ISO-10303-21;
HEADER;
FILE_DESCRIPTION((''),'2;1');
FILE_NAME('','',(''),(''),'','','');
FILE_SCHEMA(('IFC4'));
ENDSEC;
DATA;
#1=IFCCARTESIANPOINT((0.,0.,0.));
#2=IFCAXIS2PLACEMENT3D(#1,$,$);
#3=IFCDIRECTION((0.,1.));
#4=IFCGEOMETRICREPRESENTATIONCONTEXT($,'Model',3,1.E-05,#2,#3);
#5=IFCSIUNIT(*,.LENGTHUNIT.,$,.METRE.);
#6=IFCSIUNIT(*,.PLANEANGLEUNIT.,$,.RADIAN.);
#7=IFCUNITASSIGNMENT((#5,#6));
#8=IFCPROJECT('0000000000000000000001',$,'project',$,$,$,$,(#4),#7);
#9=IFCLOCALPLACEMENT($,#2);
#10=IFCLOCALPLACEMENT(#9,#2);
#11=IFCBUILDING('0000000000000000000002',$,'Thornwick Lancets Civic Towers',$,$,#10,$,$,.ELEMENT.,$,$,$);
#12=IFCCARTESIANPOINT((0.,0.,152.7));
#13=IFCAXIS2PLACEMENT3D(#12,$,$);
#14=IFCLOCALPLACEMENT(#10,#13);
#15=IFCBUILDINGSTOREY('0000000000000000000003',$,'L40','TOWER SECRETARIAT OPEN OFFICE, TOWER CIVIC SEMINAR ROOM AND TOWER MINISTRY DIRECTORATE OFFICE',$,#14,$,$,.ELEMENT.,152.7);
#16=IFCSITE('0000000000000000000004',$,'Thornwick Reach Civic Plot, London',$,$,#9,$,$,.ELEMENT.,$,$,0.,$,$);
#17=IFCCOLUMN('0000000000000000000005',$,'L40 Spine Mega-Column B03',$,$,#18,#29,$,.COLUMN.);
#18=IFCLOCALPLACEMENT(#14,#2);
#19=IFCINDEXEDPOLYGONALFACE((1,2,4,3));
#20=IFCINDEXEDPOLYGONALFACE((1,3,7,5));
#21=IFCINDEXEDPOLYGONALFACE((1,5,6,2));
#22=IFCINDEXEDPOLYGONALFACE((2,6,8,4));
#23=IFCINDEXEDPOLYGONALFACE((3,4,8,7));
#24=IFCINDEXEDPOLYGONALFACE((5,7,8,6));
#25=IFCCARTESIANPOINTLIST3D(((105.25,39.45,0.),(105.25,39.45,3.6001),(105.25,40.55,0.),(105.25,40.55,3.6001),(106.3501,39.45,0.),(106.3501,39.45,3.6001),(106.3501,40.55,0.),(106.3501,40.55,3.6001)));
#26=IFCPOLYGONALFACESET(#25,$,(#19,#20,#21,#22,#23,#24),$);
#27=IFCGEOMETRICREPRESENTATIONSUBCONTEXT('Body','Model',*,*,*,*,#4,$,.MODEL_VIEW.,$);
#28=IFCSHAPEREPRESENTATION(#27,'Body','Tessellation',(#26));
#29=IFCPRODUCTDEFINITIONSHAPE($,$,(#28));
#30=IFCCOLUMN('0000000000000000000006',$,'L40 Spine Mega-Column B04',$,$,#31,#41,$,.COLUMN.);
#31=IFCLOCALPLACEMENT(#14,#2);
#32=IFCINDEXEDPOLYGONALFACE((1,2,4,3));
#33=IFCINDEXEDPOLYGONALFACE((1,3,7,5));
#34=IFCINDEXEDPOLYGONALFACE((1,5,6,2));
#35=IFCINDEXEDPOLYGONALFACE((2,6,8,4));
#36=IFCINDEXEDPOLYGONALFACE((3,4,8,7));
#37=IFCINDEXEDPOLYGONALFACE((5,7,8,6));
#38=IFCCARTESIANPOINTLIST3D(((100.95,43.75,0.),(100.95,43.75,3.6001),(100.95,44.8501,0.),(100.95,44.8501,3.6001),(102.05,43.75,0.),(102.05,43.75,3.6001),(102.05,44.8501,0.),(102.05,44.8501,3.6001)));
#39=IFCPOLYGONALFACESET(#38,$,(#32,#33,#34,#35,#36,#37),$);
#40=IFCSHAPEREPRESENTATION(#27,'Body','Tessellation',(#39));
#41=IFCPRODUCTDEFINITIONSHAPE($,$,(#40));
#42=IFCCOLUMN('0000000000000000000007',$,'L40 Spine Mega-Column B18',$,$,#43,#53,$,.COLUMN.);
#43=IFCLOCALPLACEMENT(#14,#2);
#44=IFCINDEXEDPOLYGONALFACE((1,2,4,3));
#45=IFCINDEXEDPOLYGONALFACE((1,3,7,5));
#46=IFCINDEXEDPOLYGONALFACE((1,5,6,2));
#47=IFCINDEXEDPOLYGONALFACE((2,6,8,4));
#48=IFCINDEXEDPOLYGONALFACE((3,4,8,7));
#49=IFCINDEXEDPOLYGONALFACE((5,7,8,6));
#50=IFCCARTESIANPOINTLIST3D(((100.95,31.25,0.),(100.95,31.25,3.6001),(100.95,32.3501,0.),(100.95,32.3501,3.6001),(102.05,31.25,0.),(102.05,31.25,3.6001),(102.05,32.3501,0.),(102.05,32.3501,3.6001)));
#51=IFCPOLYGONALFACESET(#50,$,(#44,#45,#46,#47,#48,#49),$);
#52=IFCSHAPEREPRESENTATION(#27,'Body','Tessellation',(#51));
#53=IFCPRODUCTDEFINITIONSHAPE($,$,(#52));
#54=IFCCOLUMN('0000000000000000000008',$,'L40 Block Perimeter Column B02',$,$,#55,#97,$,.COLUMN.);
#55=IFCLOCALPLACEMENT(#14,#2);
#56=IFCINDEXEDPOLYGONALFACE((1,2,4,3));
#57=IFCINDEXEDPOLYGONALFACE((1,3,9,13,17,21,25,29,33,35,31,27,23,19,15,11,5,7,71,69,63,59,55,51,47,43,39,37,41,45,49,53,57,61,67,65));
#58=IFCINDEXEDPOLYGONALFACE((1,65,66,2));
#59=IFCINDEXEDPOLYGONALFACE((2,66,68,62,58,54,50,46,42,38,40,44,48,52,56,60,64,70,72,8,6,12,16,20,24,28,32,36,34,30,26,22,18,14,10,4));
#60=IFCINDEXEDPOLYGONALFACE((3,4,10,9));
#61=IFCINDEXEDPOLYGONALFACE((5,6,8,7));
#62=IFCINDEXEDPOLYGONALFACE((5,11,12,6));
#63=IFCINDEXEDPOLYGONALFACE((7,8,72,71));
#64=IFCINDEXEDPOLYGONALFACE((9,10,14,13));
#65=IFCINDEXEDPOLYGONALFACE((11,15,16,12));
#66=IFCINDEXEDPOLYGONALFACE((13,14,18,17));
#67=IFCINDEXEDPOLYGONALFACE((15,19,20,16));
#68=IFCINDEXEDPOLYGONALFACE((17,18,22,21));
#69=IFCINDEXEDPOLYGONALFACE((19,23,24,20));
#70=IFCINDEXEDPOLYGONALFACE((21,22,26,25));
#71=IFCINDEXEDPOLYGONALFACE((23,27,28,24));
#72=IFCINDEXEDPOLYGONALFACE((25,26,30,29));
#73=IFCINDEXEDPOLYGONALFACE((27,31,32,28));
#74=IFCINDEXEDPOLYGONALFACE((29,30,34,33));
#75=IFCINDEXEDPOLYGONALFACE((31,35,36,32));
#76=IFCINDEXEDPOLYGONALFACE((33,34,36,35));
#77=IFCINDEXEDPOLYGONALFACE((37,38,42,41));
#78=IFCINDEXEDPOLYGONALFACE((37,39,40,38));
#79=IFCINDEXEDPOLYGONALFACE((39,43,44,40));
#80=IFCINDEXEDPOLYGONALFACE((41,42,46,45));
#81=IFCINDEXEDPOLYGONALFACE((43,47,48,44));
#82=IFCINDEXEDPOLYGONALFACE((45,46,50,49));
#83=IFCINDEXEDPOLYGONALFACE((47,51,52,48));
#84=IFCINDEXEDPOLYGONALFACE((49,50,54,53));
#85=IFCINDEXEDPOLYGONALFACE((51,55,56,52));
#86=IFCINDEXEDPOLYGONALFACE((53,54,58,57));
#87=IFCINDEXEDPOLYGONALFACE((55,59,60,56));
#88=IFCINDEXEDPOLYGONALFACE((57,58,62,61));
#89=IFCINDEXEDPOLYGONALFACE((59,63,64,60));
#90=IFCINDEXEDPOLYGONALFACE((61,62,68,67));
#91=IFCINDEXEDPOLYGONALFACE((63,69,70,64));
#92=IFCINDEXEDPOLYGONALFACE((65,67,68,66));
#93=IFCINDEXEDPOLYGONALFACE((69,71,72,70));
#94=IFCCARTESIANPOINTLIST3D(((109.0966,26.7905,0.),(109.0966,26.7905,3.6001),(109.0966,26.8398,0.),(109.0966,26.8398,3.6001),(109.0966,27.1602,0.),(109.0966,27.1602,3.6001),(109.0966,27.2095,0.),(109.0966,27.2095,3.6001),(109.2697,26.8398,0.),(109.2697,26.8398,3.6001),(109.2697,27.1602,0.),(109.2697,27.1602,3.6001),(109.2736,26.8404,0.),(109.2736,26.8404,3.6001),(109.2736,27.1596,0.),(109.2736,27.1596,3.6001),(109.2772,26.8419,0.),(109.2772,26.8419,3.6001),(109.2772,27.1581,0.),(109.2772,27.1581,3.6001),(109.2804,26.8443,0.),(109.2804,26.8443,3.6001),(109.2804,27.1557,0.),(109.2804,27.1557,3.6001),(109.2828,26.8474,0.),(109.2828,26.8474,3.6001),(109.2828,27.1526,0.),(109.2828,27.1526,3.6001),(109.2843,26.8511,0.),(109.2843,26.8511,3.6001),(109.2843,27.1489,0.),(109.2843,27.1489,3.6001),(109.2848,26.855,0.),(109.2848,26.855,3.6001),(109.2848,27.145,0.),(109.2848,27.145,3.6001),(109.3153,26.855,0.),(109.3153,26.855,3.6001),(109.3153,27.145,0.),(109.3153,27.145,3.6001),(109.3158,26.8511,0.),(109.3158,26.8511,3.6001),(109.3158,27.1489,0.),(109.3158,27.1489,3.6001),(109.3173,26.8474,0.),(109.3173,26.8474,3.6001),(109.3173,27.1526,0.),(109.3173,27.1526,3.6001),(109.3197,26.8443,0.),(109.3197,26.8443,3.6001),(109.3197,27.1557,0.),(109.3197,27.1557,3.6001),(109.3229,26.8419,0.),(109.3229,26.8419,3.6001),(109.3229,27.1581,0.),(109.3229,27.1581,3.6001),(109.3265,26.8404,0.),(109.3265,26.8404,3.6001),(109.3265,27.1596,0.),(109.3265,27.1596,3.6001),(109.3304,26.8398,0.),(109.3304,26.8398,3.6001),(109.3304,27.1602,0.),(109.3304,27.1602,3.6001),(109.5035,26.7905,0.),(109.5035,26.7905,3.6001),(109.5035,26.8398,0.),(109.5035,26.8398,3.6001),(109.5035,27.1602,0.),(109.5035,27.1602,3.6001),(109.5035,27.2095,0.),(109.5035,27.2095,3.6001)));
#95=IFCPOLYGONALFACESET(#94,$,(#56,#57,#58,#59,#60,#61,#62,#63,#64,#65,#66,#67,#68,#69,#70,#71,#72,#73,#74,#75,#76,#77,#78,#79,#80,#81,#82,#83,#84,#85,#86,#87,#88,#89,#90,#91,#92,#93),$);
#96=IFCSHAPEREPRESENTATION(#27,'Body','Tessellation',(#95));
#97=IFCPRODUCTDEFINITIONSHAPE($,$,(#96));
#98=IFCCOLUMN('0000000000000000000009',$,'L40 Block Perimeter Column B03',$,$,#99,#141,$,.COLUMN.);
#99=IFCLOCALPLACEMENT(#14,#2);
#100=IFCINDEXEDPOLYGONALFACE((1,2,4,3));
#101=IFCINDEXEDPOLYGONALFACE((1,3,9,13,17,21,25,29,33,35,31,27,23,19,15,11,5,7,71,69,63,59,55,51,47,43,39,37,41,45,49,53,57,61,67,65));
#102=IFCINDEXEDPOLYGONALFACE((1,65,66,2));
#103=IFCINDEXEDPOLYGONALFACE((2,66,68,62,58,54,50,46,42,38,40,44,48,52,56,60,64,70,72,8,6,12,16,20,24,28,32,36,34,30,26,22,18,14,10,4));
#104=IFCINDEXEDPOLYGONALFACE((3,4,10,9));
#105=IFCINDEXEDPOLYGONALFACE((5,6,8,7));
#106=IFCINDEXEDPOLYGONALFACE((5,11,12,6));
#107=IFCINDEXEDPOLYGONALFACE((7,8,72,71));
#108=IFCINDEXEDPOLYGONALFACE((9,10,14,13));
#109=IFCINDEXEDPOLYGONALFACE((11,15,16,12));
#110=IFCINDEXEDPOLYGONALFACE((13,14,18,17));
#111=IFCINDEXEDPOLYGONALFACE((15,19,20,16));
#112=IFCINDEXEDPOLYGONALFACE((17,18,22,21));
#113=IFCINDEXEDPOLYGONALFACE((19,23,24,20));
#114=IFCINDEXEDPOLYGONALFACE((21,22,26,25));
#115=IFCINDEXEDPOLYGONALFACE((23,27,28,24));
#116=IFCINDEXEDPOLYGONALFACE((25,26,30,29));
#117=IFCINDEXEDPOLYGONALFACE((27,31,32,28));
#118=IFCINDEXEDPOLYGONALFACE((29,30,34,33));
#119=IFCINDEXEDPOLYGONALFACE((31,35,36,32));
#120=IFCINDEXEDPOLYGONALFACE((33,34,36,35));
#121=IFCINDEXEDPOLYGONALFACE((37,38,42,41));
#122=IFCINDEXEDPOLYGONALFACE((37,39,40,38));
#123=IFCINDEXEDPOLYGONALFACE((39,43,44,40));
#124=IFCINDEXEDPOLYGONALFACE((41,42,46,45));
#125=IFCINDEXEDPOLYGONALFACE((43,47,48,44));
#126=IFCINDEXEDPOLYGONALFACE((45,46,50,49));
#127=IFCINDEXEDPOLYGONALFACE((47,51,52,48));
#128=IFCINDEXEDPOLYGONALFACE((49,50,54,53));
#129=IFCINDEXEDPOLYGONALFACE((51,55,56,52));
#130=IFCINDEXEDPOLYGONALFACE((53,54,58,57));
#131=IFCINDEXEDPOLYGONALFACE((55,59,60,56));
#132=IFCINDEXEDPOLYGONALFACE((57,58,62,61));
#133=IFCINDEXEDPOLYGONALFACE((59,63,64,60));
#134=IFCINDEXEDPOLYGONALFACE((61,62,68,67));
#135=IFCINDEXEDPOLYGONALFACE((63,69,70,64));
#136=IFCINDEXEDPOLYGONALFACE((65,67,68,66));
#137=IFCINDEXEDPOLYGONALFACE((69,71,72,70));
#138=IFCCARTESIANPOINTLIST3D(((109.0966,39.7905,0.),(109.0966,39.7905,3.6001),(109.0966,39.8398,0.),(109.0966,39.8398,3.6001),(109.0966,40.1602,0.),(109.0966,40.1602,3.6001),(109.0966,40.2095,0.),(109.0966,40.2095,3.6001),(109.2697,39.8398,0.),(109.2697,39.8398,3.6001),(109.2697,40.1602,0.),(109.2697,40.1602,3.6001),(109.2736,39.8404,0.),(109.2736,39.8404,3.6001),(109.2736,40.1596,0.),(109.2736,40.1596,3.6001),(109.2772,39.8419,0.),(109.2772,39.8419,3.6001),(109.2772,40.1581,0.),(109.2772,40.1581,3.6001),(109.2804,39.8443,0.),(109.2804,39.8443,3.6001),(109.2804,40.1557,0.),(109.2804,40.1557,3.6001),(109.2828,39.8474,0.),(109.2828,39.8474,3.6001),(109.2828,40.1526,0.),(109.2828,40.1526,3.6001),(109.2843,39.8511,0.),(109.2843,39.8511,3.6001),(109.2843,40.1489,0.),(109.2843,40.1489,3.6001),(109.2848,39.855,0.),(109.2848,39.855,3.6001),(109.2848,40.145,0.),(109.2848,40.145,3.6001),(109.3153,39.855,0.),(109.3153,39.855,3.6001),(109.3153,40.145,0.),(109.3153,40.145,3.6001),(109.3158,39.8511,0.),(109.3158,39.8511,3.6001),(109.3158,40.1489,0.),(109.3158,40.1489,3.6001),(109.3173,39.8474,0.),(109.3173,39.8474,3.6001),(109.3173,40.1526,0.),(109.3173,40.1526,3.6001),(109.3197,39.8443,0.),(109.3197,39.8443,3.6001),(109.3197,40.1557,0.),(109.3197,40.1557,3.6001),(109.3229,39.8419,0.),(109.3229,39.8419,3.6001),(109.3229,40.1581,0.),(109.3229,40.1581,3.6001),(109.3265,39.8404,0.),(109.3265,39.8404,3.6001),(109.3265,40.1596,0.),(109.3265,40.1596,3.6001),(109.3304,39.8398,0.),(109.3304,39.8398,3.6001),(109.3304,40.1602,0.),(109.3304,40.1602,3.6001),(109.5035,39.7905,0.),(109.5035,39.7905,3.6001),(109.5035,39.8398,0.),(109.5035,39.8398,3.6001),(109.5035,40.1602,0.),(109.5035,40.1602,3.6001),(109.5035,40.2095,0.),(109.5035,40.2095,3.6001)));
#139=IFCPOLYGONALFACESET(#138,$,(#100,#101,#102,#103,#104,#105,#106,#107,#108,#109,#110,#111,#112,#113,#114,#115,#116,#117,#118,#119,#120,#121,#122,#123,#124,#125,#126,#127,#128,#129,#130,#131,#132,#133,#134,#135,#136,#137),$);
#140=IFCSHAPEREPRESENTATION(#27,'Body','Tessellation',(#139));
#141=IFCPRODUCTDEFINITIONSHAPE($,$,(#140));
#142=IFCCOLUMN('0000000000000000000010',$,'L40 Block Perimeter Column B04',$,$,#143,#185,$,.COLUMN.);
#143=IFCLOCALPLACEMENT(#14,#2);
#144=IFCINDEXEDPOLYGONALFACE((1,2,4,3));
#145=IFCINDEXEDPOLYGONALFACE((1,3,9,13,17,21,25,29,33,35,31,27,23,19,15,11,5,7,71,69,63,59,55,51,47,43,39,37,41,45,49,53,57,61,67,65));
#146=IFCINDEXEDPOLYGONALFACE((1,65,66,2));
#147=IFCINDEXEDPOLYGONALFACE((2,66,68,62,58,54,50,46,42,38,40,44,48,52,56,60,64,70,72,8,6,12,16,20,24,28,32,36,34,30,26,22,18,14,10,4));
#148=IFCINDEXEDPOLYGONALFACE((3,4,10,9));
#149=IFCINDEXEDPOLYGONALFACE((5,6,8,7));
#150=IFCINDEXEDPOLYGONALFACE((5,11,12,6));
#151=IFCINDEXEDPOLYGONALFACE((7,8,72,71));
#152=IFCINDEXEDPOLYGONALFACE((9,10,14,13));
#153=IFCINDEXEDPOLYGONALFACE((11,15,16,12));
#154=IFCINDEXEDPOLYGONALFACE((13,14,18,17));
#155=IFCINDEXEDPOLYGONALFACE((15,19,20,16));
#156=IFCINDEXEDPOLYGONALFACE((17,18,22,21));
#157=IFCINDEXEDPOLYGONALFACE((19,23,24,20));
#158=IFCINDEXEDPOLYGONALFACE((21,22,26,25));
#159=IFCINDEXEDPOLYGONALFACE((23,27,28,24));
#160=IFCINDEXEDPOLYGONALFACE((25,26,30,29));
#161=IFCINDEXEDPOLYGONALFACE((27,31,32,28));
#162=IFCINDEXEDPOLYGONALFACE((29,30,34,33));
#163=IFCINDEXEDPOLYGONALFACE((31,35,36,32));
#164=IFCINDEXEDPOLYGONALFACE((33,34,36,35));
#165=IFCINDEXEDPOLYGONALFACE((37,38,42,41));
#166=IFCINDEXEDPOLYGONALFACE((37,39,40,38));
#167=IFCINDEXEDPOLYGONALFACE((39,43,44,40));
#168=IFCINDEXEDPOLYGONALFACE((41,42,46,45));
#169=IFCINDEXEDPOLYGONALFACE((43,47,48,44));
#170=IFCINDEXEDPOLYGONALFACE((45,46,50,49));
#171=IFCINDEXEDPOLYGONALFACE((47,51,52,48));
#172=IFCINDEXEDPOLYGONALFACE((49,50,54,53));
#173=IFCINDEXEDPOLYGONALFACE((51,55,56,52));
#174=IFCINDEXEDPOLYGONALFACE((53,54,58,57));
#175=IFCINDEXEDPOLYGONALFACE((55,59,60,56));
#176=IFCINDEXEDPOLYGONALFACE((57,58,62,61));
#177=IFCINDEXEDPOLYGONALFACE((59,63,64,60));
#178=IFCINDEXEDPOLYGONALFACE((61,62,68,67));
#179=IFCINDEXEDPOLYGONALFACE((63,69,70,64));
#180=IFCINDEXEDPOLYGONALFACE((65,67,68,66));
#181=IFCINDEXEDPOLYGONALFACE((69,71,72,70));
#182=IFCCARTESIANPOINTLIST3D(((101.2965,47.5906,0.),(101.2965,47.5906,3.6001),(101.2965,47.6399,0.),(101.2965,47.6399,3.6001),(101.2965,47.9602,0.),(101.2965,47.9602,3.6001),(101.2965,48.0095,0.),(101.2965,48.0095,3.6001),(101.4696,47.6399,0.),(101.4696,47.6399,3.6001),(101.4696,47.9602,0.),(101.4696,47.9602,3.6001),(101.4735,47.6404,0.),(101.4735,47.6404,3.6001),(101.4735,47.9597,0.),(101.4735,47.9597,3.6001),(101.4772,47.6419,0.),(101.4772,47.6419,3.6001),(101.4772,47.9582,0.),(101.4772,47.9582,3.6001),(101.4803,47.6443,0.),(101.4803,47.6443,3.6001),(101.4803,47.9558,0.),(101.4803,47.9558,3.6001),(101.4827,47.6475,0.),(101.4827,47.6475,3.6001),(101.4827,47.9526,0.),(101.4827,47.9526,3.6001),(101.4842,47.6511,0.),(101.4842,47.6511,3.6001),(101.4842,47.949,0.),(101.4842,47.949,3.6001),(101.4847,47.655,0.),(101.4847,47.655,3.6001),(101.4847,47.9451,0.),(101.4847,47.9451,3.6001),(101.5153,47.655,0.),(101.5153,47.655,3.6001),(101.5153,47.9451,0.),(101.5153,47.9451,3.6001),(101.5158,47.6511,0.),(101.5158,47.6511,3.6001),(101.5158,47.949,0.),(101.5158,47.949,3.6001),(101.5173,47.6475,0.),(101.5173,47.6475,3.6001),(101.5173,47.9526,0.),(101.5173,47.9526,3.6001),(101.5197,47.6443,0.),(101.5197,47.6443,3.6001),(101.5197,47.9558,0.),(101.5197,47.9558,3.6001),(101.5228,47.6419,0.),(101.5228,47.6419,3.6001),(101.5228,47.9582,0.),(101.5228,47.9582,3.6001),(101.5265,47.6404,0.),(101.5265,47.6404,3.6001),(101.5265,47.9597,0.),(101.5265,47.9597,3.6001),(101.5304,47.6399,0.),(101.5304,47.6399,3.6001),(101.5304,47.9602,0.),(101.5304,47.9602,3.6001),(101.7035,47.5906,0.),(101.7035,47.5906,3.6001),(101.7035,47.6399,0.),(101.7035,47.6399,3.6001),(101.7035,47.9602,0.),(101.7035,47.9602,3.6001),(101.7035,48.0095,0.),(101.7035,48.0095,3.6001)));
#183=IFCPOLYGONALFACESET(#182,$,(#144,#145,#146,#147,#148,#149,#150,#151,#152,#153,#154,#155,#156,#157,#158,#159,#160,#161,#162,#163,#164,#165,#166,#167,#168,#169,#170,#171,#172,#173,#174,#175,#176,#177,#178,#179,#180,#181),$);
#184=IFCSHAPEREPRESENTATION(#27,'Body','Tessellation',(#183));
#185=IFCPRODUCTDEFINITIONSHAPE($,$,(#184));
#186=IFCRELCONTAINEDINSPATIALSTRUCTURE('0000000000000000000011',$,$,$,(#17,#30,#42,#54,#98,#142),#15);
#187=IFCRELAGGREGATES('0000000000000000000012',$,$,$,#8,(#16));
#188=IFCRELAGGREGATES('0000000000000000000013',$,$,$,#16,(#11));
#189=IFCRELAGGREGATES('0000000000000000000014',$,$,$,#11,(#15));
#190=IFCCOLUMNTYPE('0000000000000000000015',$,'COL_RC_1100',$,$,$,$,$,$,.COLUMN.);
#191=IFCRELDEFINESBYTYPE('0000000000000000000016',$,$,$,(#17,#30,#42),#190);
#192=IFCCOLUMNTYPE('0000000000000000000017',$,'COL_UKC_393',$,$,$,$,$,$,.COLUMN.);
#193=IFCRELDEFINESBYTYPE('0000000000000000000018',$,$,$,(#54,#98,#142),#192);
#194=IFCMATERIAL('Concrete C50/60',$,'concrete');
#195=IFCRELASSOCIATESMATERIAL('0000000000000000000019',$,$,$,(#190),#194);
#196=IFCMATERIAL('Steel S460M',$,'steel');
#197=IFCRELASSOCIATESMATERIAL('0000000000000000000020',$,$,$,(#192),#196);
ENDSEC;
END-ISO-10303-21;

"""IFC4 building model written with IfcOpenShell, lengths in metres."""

from ifc_helpers import new_model, si_unit, direction, frame, origin, origin_2d, place, context, subcontext, project, spatial, rectangle, i_section, extrude, material, material_profile, profile_set, type_object, element, save


model = new_model("IFC4")

# Units and contexts
model_context = context("Model", 3, precision=1e-05, world=origin(), true_north=direction((0.0, 1.0)))
body_context = subcontext(model_context, "Body", "Model", "MODEL_VIEW")
ifc_project = project(units=[si_unit("LENGTHUNIT", "METRE"), si_unit("PLANEANGLEUNIT", "RADIAN")], contexts=[model_context])

# Site, building, storey
site_placement = place(None, origin())
site = spatial("IfcSite", under=ifc_project, at=site_placement, Name="Thornwick Reach Civic Plot, London", CompositionType="ELEMENT", RefElevation=0.0)
building_placement = place(site_placement, origin())
building = spatial("IfcBuilding", under=site, at=building_placement, Name="Thornwick Lancets Civic Towers", CompositionType="ELEMENT")
storey_placement = place(building_placement, frame((0.0, 0.0, 152.7)))
storey = spatial("IfcBuildingStorey", under=building, at=storey_placement, Name="L40", Description="TOWER SECRETARIAT OPEN OFFICE, TOWER CIVIC SEMINAR ROOM AND TOWER MINISTRY DIRECTORATE OFFICE", CompositionType="ELEMENT", Elevation=152.7)

# Columns
ifc_material_1 = material(Name="Concrete C50/60", Category="concrete")
ifc_material_profile_1 = material_profile(ifc_material_1, rectangle(XDim=1.1001, YDim=1.1001, at=origin_2d()), Name="RC 1100x1100")
ifc_profile_set_1 = profile_set([ifc_material_profile_1], Name="Concrete C50/60")
column_type_1 = type_object("IfcColumnType", Name="COL_RC_1100", PredefinedType="COLUMN", material=ifc_profile_set_1)
for number, where, z_axis, x_axis, name in (
    (1, (105.8, 40.0, 0.0), (0.0, 0.0, 1.0), (1.0, 0.0, 0.0), "L40 Spine Mega-Column B03"),
    (2, (101.5, 44.3, 0.0), (0.0, 0.0, 1.0), (1.0, 0.0, 0.0), "L40 Spine Mega-Column B04"),
    (3, (101.5, 31.8, 0.0), (0.0, 0.0, 1.0), (1.0, 0.0, 0.0), "L40 Spine Mega-Column B18"),
):
    element("IfcColumn", number, at=place(storey_placement, frame(where, z_axis=z_axis, x_axis=x_axis)), inside=storey, type_object=column_type_1, Name=name, PredefinedType="COLUMN", context=body_context, shape_type="SweptSolid", body=[
        extrude(rectangle(XDim=1.1001, YDim=1.1001, at=origin_2d()), origin(), (0.0, 0.0, 1.0), 3.6001),
    ])
ifc_material_2 = material(Name="Steel S460M", Category="steel")
ifc_material_profile_2 = material_profile(ifc_material_2, i_section(OverallWidth=0.407, OverallDepth=0.4189, WebThickness=0.0305, FlangeThickness=0.0493, FilletRadius=0.0151, at=origin_2d()), Name="UKC 356x406x393")
ifc_profile_set_2 = profile_set([ifc_material_profile_2], Name="Steel S460M")
column_type_2 = type_object("IfcColumnType", Name="COL_UKC_393", PredefinedType="COLUMN", material=ifc_profile_set_2)
for number, where, z_axis, x_axis, name in (
    (4, (109.3, 27.0, 0.0), (0.0, 0.0, 1.0), (1.0, 0.0, 0.0), "L40 Block Perimeter Column B02"),
    (5, (109.3, 40.0, 0.0), (0.0, 0.0, 1.0), (1.0, 0.0, 0.0), "L40 Block Perimeter Column B03"),
    (6, (101.5, 47.8, 0.0), (0.0, 0.0, 1.0), (1.0, 0.0, 0.0), "L40 Block Perimeter Column B04"),
):
    element("IfcColumn", number, at=place(storey_placement, frame(where, z_axis=z_axis, x_axis=x_axis)), inside=storey, type_object=column_type_2, Name=name, PredefinedType="COLUMN", context=body_context, shape_type="SweptSolid", body=[
        extrude(i_section(OverallWidth=0.407, OverallDepth=0.4189, WebThickness=0.0305, FlangeThickness=0.0493, FilletRadius=0.0151, at=origin_2d()), origin(), (0.0, 0.0, 1.0), 3.6001),
    ])

save(model, "model.ifc")
